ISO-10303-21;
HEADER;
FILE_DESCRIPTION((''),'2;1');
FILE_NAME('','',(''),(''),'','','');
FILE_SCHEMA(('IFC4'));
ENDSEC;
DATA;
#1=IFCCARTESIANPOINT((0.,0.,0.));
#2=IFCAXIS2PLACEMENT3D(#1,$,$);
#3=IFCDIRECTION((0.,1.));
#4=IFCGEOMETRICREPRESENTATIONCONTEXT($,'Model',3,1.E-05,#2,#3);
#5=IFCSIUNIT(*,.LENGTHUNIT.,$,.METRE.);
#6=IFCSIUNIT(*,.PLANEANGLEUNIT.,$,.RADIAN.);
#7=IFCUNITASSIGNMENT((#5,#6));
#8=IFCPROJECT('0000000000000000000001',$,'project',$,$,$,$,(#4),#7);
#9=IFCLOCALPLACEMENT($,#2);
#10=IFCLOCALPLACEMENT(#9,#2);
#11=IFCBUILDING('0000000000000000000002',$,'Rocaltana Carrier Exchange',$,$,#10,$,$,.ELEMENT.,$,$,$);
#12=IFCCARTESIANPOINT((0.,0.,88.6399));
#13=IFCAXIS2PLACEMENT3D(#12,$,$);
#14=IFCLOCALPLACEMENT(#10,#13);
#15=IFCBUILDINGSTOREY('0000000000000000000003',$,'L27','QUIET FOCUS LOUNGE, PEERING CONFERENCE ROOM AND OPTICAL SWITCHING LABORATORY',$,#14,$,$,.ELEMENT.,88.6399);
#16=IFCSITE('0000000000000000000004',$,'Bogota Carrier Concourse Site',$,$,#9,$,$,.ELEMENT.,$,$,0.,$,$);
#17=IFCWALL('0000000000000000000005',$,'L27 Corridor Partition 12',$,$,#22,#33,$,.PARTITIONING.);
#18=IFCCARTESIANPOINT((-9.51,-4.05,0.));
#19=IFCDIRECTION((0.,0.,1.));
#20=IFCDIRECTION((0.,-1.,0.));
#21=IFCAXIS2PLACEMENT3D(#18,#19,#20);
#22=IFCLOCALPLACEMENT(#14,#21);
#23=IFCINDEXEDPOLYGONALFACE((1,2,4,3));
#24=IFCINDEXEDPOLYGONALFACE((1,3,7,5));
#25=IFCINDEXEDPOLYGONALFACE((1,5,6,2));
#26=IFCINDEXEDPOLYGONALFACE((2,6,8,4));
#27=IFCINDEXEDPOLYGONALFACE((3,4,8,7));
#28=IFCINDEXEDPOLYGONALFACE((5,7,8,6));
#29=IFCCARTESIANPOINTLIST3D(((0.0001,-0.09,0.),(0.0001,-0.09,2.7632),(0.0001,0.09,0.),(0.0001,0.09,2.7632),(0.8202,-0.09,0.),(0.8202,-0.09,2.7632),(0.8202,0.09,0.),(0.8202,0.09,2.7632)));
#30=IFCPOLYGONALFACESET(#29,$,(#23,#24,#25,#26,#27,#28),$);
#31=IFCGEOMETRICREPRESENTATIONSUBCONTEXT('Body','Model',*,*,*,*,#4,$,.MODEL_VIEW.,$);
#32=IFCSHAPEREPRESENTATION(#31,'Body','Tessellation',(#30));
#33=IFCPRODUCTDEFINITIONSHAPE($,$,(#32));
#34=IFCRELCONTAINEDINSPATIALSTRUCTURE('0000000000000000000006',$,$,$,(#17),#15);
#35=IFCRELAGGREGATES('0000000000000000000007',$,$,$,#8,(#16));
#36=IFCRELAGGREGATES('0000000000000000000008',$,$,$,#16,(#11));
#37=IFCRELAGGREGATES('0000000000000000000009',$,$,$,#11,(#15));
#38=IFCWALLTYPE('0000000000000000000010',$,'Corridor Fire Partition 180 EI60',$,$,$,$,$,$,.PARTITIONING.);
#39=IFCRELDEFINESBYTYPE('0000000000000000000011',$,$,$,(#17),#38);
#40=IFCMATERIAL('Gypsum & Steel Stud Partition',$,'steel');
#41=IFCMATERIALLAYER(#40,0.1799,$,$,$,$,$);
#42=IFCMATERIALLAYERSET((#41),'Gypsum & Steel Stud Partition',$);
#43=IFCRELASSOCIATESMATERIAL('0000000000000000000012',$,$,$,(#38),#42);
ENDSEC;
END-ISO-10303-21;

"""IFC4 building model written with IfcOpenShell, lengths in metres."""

from ifc_helpers import new_model, si_unit, direction, frame, frame_2d, origin, place, context, subcontext, project, spatial, rectangle, extrude, material, layer, layer_set, type_object, element, save


model = new_model("IFC4")

# Units and contexts
model_context = context("Model", 3, precision=1e-05, world=origin(), true_north=direction((0.0, 1.0)))
body_context = subcontext(model_context, "Body", "Model", "MODEL_VIEW")
ifc_project = project(units=[si_unit("LENGTHUNIT", "METRE"), si_unit("PLANEANGLEUNIT", "RADIAN")], contexts=[model_context])

# Site, building, storey
site_placement = place(None, origin())
site = spatial("IfcSite", under=ifc_project, at=site_placement, Name="Bogota Carrier Concourse Site", CompositionType="ELEMENT", RefElevation=0.0)
building_placement = place(site_placement, origin())
building = spatial("IfcBuilding", under=site, at=building_placement, Name="Rocaltana Carrier Exchange", CompositionType="ELEMENT")
storey_placement = place(building_placement, frame((0.0, 0.0, 88.6399)))
storey = spatial("IfcBuildingStorey", under=building, at=storey_placement, Name="L27", Description="QUIET FOCUS LOUNGE, PEERING CONFERENCE ROOM AND OPTICAL SWITCHING LABORATORY", CompositionType="ELEMENT", Elevation=88.6399)

# Shared definitions
ifc_material_1 = material(Name="Gypsum & Steel Stud Partition", Category="steel")
ifc_layer_1 = layer(ifc_material_1, 0.1799)
ifc_layer_set_1 = layer_set([ifc_layer_1], Name="Gypsum & Steel Stud Partition")
wall_type_1 = type_object("IfcWallType", Name="Corridor Fire Partition 180 EI60", PredefinedType="PARTITIONING", material=ifc_layer_set_1)

# Wall
wall_1_placement = place(storey_placement, frame((-9.51, -4.05, 0.0), z_axis=(0.0, 0.0, 1.0), x_axis=(0.0, -1.0, 0.0)))
element("IfcWall", 1, at=wall_1_placement, inside=storey, type_object=wall_type_1, Name="L27 Corridor Partition 12", PredefinedType="PARTITIONING", context=body_context, shape_type="SweptSolid", body=[
    extrude(rectangle(XDim=0.8201, YDim=0.1799, at=frame_2d((0.4102, 0.0))), origin(), (0.0, 0.0, 1.0), 2.7632),
])

save(model, "model.ifc")
